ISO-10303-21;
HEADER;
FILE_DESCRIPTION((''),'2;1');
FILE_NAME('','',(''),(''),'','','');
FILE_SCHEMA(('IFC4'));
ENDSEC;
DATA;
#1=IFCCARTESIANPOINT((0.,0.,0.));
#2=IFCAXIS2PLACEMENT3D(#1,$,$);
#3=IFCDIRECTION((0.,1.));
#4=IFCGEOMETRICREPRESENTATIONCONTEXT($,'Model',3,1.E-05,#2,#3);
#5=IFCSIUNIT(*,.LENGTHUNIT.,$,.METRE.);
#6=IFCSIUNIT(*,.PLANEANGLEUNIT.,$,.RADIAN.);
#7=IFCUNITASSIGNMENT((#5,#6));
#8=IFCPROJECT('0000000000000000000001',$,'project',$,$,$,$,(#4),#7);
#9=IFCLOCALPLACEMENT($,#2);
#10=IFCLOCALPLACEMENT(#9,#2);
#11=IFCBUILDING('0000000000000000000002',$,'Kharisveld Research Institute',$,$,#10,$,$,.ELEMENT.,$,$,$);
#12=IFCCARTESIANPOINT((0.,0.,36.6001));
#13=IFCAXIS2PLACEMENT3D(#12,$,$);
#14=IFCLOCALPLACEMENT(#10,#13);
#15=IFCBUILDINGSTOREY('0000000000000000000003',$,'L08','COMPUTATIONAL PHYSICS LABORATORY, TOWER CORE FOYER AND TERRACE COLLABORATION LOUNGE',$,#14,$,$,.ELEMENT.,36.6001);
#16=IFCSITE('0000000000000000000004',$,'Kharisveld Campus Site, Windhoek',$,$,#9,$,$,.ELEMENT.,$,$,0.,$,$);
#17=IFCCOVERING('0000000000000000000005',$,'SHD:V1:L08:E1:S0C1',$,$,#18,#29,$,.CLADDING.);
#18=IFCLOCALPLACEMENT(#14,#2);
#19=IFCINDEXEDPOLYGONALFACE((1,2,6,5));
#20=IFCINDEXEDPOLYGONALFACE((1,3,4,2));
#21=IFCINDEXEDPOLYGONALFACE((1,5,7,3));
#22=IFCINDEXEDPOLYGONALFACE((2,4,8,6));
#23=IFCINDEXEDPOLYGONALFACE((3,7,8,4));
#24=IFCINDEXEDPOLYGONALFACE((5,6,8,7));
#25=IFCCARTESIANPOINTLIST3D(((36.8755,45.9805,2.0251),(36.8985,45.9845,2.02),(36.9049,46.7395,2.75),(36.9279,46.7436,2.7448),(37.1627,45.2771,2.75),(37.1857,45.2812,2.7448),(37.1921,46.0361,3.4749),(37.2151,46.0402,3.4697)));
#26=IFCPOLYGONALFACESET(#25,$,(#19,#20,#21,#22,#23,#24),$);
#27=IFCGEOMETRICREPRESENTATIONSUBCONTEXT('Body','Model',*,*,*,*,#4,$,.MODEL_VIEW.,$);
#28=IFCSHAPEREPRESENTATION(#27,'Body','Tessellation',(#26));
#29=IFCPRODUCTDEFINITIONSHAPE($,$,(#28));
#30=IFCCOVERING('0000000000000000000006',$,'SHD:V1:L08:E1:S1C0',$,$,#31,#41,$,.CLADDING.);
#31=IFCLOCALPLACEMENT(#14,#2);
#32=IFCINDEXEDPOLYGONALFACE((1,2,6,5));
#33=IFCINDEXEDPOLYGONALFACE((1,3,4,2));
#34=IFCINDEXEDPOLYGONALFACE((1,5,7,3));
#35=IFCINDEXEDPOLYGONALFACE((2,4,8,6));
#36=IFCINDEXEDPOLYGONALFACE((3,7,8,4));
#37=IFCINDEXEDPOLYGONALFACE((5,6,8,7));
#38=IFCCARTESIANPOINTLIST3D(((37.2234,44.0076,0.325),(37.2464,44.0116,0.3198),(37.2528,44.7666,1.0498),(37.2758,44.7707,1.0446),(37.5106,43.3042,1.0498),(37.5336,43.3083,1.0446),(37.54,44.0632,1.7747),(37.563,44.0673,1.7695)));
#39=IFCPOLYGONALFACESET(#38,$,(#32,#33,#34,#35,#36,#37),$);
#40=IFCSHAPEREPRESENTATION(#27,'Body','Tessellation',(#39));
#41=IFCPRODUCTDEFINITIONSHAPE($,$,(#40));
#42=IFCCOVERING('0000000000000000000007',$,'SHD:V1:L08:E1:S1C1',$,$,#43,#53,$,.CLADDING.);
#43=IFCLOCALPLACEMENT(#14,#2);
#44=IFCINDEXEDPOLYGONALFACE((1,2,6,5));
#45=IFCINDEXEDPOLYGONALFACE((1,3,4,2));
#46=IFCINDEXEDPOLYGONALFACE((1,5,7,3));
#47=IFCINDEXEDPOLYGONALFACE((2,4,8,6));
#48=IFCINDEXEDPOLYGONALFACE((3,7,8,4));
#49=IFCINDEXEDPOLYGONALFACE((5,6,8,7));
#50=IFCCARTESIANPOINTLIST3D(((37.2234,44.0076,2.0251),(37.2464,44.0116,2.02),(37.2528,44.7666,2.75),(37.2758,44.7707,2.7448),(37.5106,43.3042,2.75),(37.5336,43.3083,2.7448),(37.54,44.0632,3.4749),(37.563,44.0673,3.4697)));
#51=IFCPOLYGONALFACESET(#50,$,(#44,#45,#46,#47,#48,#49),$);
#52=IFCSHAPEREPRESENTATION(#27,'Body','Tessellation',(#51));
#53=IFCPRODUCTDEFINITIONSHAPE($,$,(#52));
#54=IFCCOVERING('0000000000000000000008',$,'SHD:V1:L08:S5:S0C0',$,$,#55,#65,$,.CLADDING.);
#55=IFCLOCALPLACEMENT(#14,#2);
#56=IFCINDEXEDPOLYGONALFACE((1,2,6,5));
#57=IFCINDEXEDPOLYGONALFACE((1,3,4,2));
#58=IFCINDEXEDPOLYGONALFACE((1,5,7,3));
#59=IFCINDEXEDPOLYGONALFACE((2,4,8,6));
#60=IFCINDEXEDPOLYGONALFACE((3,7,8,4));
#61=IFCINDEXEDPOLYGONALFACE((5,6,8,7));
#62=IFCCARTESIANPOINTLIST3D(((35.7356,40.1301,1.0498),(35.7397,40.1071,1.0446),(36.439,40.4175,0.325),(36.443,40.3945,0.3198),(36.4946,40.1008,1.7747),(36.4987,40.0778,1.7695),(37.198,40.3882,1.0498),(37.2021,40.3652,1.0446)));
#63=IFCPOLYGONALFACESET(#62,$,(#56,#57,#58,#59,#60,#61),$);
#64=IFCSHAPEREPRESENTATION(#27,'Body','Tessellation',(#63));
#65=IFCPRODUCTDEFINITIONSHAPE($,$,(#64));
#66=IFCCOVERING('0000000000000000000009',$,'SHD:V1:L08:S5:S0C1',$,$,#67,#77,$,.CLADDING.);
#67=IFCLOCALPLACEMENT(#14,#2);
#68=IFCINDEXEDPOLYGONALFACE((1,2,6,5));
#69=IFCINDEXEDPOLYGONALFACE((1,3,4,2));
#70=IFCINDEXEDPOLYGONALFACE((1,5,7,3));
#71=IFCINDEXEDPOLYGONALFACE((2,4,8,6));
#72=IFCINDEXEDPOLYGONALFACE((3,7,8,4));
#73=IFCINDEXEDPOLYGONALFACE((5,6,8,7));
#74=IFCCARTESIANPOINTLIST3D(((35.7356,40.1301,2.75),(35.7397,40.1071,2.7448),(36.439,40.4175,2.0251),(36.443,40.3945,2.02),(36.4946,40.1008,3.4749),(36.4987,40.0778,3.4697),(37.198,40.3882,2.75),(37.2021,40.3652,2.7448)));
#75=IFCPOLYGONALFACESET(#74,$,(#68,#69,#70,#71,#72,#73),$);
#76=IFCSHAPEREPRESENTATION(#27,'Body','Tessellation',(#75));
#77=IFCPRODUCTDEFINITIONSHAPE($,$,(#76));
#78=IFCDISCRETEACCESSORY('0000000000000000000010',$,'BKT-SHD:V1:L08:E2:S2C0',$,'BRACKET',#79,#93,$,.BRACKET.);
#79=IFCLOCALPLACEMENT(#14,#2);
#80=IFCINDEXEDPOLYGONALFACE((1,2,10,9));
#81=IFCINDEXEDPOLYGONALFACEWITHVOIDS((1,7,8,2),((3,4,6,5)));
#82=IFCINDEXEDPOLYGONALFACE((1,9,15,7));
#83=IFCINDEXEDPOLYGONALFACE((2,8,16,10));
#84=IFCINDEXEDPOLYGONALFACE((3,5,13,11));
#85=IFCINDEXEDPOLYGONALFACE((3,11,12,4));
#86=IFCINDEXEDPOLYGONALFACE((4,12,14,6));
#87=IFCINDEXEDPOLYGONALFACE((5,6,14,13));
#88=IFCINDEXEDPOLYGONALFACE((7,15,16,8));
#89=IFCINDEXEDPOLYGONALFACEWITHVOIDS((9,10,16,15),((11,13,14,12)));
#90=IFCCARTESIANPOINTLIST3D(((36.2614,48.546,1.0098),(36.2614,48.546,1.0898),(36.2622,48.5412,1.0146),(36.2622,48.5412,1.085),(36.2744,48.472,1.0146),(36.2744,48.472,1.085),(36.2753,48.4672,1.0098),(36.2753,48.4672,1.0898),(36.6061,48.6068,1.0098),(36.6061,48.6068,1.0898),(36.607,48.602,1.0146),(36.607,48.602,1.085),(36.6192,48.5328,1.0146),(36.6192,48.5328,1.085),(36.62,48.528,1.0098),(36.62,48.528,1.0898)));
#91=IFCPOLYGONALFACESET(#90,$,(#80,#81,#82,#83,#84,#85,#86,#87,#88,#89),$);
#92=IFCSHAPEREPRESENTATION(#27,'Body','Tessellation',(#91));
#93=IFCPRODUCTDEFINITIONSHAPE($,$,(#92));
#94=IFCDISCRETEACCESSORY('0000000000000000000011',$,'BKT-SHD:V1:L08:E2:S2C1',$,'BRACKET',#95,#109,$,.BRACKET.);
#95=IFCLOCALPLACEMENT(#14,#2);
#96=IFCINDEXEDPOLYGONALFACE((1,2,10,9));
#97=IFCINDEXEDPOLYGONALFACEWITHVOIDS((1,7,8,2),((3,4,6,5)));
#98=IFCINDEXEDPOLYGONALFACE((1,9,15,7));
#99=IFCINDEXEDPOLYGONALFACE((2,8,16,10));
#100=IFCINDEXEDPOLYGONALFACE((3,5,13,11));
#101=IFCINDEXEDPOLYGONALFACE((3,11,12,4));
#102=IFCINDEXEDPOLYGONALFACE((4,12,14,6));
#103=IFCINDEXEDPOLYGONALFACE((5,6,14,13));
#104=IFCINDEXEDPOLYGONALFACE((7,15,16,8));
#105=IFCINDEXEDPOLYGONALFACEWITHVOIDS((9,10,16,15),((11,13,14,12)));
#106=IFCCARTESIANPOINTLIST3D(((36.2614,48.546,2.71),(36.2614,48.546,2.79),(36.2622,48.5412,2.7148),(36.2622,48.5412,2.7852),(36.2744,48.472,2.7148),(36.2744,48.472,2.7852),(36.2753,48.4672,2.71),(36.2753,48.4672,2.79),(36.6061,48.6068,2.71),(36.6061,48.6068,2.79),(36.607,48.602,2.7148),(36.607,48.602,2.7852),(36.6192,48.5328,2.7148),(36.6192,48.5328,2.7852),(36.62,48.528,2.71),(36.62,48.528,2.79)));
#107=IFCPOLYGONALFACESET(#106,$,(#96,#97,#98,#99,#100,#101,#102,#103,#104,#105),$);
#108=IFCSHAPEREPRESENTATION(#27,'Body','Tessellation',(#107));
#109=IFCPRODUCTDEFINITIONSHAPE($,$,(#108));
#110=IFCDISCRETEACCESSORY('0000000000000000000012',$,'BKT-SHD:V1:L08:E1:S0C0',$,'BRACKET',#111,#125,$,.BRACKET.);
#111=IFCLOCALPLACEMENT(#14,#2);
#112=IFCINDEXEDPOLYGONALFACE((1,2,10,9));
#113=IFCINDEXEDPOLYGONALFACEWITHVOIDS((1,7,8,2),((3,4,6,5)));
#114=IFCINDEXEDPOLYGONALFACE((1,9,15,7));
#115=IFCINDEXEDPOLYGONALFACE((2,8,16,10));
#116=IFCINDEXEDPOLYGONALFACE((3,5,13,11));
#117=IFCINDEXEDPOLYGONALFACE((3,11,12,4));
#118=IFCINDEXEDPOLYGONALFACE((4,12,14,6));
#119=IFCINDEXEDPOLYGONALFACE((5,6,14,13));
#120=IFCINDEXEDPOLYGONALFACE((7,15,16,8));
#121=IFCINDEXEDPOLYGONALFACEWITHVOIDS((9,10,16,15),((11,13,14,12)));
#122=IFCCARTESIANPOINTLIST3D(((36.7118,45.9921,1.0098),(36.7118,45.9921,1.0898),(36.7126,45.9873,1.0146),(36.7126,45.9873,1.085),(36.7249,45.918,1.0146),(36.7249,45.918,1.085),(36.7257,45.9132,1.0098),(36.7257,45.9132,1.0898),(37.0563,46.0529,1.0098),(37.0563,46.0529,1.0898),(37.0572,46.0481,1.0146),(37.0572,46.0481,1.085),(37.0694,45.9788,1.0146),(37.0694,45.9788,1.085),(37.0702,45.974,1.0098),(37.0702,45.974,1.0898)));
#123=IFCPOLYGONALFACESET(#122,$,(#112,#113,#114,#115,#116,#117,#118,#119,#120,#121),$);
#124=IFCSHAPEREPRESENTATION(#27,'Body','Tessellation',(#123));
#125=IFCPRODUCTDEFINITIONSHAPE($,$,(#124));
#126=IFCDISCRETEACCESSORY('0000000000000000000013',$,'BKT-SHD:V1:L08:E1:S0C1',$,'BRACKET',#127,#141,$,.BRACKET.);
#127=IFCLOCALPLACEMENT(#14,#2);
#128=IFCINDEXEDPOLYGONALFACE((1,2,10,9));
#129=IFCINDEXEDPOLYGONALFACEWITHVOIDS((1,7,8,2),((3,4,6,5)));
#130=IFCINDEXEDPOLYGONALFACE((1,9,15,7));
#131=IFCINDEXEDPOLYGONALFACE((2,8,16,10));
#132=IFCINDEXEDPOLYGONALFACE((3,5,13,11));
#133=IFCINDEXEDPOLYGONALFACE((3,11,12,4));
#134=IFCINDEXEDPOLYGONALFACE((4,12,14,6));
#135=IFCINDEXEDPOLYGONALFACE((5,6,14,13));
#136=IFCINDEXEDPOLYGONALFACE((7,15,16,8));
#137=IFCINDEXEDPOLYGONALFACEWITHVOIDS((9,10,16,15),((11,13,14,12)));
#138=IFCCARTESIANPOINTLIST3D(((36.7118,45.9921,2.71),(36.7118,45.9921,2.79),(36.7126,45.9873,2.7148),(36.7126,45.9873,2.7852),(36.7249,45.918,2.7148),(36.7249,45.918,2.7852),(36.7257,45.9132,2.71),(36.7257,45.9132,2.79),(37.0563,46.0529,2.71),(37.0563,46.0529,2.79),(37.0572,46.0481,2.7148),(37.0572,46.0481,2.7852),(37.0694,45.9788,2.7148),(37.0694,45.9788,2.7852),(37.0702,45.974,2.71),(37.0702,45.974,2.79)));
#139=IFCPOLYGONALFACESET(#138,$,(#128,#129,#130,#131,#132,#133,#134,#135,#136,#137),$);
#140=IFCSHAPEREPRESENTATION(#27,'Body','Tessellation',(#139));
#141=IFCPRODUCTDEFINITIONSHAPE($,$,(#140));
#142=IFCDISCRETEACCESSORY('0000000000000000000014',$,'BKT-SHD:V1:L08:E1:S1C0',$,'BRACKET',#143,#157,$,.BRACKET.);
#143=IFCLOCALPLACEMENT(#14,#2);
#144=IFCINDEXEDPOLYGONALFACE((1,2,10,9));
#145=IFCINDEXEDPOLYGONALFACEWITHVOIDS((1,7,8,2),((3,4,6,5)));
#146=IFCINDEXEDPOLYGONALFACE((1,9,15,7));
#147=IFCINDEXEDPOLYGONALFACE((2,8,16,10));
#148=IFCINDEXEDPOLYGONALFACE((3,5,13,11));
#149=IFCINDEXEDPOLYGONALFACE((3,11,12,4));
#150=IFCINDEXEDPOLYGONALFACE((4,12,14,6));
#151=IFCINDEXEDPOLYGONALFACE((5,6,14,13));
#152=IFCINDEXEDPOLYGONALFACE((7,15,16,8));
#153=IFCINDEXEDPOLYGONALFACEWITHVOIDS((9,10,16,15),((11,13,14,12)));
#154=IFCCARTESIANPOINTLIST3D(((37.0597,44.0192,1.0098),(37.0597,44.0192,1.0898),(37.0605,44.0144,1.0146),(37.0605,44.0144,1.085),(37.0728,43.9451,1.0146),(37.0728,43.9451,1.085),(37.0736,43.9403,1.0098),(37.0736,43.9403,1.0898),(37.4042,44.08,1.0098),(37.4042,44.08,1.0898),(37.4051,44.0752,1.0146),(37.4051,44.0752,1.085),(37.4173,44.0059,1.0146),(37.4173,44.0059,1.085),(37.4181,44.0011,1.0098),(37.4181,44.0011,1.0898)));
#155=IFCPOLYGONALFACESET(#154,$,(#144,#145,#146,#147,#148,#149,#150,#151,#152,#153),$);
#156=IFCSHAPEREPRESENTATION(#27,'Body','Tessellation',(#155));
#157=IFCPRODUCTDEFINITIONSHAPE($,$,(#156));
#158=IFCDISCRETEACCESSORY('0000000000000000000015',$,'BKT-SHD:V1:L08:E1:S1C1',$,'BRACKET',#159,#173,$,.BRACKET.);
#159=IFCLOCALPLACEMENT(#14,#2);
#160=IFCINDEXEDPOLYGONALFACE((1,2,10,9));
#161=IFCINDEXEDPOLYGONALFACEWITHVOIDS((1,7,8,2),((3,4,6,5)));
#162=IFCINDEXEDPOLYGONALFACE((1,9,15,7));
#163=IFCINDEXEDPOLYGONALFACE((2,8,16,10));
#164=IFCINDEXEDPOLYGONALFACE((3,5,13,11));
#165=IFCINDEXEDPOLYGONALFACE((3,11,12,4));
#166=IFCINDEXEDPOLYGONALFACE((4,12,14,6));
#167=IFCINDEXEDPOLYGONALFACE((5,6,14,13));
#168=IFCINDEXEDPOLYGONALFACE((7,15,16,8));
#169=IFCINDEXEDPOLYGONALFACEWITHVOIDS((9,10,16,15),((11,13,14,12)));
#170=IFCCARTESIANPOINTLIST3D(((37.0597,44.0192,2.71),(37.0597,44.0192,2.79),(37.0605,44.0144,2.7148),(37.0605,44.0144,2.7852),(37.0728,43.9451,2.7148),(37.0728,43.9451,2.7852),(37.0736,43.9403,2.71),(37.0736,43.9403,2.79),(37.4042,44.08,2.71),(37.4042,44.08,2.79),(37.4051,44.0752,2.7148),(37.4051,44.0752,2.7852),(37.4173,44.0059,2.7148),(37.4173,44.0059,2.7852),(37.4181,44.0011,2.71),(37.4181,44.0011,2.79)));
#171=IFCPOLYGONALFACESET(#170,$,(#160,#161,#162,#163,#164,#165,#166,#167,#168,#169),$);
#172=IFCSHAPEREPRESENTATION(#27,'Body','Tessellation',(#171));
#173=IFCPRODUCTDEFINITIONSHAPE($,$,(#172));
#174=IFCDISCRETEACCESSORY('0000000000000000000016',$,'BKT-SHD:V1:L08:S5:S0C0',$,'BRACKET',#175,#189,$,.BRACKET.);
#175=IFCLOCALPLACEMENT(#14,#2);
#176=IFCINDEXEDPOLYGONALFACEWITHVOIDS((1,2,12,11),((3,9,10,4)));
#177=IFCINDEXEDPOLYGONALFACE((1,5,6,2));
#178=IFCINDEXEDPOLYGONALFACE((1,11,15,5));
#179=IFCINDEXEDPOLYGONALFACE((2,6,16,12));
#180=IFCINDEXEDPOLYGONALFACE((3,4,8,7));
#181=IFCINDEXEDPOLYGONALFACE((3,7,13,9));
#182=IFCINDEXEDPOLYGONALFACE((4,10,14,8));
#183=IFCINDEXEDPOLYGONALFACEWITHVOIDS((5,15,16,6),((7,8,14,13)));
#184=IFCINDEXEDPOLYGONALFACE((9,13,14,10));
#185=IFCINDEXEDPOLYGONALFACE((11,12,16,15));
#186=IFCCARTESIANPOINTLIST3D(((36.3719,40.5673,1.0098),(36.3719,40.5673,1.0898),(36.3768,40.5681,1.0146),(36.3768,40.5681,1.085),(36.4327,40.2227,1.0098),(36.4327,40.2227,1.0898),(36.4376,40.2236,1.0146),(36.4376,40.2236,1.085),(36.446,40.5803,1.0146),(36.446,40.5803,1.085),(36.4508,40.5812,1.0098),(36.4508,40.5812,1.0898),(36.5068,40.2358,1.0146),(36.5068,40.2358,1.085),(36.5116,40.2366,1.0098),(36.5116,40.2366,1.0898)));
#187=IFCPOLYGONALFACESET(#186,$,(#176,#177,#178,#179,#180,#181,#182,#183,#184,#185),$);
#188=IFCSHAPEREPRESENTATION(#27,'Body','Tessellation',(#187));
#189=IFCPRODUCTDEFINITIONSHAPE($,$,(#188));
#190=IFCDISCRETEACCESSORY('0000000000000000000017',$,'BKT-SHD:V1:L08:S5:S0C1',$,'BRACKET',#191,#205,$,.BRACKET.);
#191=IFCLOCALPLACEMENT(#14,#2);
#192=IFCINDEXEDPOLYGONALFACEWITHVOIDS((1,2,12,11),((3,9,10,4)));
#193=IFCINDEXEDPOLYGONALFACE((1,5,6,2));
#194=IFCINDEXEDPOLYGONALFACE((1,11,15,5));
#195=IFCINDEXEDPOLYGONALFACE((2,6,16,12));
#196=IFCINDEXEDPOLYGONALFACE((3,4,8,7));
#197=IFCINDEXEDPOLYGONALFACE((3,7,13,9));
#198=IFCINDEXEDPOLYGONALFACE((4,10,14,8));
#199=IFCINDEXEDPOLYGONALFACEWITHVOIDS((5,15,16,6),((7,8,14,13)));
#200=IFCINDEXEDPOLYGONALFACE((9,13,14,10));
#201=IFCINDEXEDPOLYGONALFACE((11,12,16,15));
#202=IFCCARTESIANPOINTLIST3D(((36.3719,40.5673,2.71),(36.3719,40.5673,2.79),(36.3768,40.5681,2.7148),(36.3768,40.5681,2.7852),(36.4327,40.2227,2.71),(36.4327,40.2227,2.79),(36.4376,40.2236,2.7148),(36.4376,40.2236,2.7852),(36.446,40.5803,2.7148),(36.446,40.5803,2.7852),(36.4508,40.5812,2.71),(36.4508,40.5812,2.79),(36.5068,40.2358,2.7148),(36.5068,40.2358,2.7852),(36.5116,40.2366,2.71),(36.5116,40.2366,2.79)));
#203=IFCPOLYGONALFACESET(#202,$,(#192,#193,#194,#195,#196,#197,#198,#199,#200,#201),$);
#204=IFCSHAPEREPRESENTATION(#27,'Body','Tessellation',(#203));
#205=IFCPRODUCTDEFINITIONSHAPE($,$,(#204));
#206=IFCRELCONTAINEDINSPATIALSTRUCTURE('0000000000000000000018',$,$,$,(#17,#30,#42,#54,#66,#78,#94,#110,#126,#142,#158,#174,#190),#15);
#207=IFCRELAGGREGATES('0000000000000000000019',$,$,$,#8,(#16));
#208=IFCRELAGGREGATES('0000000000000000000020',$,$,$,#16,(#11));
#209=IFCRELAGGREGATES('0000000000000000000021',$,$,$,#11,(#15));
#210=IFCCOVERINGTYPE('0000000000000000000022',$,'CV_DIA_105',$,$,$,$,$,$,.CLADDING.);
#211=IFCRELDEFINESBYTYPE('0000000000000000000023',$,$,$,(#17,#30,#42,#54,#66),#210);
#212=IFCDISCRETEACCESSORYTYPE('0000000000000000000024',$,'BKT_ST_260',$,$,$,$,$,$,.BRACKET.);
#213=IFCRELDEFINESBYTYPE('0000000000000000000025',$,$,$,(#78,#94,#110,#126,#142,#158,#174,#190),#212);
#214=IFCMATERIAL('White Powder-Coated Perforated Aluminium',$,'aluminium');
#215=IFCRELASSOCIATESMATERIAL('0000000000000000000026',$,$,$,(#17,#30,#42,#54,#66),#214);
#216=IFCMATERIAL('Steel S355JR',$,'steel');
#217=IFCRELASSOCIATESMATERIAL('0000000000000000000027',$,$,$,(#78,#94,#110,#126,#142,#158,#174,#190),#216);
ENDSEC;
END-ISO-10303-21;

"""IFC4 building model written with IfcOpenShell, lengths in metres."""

from ifc_helpers import new_model, si_unit, direction, frame, origin, origin_2d, place, context, subcontext, project, spatial, polyline, hollow_rectangle, outline, extrude, material, type_object, element, save


model = new_model("IFC4")

# Units and contexts
model_context = context("Model", 3, precision=1e-05, world=origin(), true_north=direction((0.0, 1.0)))
body_context = subcontext(model_context, "Body", "Model", "MODEL_VIEW")
ifc_project = project(units=[si_unit("LENGTHUNIT", "METRE"), si_unit("PLANEANGLEUNIT", "RADIAN")], contexts=[model_context])

# Site, building, storey
site_placement = place(None, origin())
site = spatial("IfcSite", under=ifc_project, at=site_placement, Name="Kharisveld Campus Site, Windhoek", CompositionType="ELEMENT", RefElevation=0.0)
building_placement = place(site_placement, origin())
building = spatial("IfcBuilding", under=site, at=building_placement, Name="Kharisveld Research Institute", CompositionType="ELEMENT")
storey_placement = place(building_placement, frame((0.0, 0.0, 36.6001)))
storey = spatial("IfcBuildingStorey", under=building, at=storey_placement, Name="L08", Description="COMPUTATIONAL PHYSICS LABORATORY, TOWER CORE FOYER AND TERRACE COLLABORATION LOUNGE", CompositionType="ELEMENT", Elevation=36.6001)

# Shared definitions
ifc_material_1 = material(Name="Steel S355JR", Category="steel")

# Coverings
ifc_material_2 = material(Name="White Powder-Coated Perforated Aluminium", Category="aluminium")
covering_type = type_object("IfcCoveringType", Name="CV_DIA_105", PredefinedType="CLADDING")
for number, where, z_axis, x_axis, name in (
    (1, (36.8755, 45.9805, 2.0251), (-0.961453, -0.169498, 0.216512), (0.273536, -0.669834, 0.69029), "SHD:V1:L08:E1:S0C1"),
    (2, (37.2234, 44.0076, 0.325), (-0.961453, -0.169498, 0.216512), (0.273536, -0.669834, 0.69029), "SHD:V1:L08:E1:S1C0"),
    (3, (37.2234, 44.0076, 2.0251), (-0.961453, -0.169498, 0.216512), (0.273536, -0.669834, 0.69029), "SHD:V1:L08:E1:S1C1"),
):
    element("IfcCovering", number, at=place(storey_placement, frame(where, z_axis=z_axis, x_axis=x_axis)), inside=storey, type_object=covering_type, material=ifc_material_2, Name=name, PredefinedType="CLADDING", context=body_context, shape_type="SweptSolid", body=[
        extrude(outline(polyline([(0.0, 0.0), (1.05, 0.0), (1.05, 1.05), (-0.0001, 1.05), (0.0, 0.0)])), origin(), (0.0, 0.0, -1.0), 0.0239),
    ])
for number, where, z_axis, x_axis, name in (
    (4, (36.439, 40.4175, 0.325), (-0.169654, 0.961426, 0.216512), (-0.669811, -0.273644, 0.69027), "SHD:V1:L08:S5:S0C0"),
    (5, (36.439, 40.4175, 2.0251), (-0.169654, 0.961426, 0.216512), (-0.669811, -0.273644, 0.69027), "SHD:V1:L08:S5:S0C1"),
):
    element("IfcCovering", number, at=place(storey_placement, frame(where, z_axis=z_axis, x_axis=x_axis)), inside=storey, type_object=covering_type, material=ifc_material_2, Name=name, PredefinedType="CLADDING", context=body_context, shape_type="SweptSolid", body=[
        extrude(outline(polyline([(0.0, 0.0), (1.0501, 0.0), (1.0501, 1.05), (0.0, 1.05), (0.0, 0.0)])), origin(), (0.0, 0.0, -1.0), 0.0239),
    ])

# Discrete accessories
discrete_accessory_type = type_object("IfcDiscreteAccessoryType", Name="BKT_ST_260", PredefinedType="BRACKET")
for number, where, z_axis, x_axis, name in (
    (6, (36.2683, 48.5066, 1.0498), (0.984805, 0.173666, 0.0), (-0.173666, 0.984805, 0.0), "BKT-SHD:V1:L08:E2:S2C0"),
    (7, (36.2683, 48.5066, 2.75), (0.984805, 0.173666, 0.0), (-0.173666, 0.984805, 0.0), "BKT-SHD:V1:L08:E2:S2C1"),
):
    element("IfcDiscreteAccessory", number, at=place(storey_placement, frame(where, z_axis=z_axis, x_axis=x_axis)), inside=storey, type_object=discrete_accessory_type, material=ifc_material_1, Name=name, ObjectType="BRACKET", PredefinedType="BRACKET", context=body_context, shape_type="SweptSolid", body=[
        extrude(hollow_rectangle(XDim=0.0801, YDim=0.0801, WallThickness=0.0049, at=origin_2d()), origin(), (0.0, 0.0, 1.0), 0.3501),
    ])
for number, where, z_axis, x_axis, name in (
    (8, (36.7188, 45.9526, 1.0498), (0.984784, 0.173785, 0.0), (-0.173785, 0.984784, 0.0), "BKT-SHD:V1:L08:E1:S0C0"),
    (9, (36.7188, 45.9526, 2.75), (0.984784, 0.173785, 0.0), (-0.173785, 0.984784, 0.0), "BKT-SHD:V1:L08:E1:S0C1"),
    (10, (37.0667, 43.9797, 1.0498), (0.984784, 0.173785, 0.0), (-0.173785, 0.984784, 0.0), "BKT-SHD:V1:L08:E1:S1C0"),
    (11, (37.0667, 43.9797, 2.75), (0.984784, 0.173785, 0.0), (-0.173785, 0.984784, 0.0), "BKT-SHD:V1:L08:E1:S1C1"),
    (12, (36.4114, 40.5742, 1.0498), (0.173785, -0.984784, 0.0), (0.984784, 0.173785, 0.0), "BKT-SHD:V1:L08:S5:S0C0"),
    (13, (36.4114, 40.5742, 2.75), (0.173785, -0.984784, 0.0), (0.984784, 0.173785, 0.0), "BKT-SHD:V1:L08:S5:S0C1"),
):
    element("IfcDiscreteAccessory", number, at=place(storey_placement, frame(where, z_axis=z_axis, x_axis=x_axis)), inside=storey, type_object=discrete_accessory_type, material=ifc_material_1, Name=name, ObjectType="BRACKET", PredefinedType="BRACKET", context=body_context, shape_type="SweptSolid", body=[
        extrude(hollow_rectangle(XDim=0.0801, YDim=0.0801, WallThickness=0.0049, at=origin_2d()), origin(), (0.0, 0.0, 1.0), 0.3499),
    ])

save(model, "model.ifc")
